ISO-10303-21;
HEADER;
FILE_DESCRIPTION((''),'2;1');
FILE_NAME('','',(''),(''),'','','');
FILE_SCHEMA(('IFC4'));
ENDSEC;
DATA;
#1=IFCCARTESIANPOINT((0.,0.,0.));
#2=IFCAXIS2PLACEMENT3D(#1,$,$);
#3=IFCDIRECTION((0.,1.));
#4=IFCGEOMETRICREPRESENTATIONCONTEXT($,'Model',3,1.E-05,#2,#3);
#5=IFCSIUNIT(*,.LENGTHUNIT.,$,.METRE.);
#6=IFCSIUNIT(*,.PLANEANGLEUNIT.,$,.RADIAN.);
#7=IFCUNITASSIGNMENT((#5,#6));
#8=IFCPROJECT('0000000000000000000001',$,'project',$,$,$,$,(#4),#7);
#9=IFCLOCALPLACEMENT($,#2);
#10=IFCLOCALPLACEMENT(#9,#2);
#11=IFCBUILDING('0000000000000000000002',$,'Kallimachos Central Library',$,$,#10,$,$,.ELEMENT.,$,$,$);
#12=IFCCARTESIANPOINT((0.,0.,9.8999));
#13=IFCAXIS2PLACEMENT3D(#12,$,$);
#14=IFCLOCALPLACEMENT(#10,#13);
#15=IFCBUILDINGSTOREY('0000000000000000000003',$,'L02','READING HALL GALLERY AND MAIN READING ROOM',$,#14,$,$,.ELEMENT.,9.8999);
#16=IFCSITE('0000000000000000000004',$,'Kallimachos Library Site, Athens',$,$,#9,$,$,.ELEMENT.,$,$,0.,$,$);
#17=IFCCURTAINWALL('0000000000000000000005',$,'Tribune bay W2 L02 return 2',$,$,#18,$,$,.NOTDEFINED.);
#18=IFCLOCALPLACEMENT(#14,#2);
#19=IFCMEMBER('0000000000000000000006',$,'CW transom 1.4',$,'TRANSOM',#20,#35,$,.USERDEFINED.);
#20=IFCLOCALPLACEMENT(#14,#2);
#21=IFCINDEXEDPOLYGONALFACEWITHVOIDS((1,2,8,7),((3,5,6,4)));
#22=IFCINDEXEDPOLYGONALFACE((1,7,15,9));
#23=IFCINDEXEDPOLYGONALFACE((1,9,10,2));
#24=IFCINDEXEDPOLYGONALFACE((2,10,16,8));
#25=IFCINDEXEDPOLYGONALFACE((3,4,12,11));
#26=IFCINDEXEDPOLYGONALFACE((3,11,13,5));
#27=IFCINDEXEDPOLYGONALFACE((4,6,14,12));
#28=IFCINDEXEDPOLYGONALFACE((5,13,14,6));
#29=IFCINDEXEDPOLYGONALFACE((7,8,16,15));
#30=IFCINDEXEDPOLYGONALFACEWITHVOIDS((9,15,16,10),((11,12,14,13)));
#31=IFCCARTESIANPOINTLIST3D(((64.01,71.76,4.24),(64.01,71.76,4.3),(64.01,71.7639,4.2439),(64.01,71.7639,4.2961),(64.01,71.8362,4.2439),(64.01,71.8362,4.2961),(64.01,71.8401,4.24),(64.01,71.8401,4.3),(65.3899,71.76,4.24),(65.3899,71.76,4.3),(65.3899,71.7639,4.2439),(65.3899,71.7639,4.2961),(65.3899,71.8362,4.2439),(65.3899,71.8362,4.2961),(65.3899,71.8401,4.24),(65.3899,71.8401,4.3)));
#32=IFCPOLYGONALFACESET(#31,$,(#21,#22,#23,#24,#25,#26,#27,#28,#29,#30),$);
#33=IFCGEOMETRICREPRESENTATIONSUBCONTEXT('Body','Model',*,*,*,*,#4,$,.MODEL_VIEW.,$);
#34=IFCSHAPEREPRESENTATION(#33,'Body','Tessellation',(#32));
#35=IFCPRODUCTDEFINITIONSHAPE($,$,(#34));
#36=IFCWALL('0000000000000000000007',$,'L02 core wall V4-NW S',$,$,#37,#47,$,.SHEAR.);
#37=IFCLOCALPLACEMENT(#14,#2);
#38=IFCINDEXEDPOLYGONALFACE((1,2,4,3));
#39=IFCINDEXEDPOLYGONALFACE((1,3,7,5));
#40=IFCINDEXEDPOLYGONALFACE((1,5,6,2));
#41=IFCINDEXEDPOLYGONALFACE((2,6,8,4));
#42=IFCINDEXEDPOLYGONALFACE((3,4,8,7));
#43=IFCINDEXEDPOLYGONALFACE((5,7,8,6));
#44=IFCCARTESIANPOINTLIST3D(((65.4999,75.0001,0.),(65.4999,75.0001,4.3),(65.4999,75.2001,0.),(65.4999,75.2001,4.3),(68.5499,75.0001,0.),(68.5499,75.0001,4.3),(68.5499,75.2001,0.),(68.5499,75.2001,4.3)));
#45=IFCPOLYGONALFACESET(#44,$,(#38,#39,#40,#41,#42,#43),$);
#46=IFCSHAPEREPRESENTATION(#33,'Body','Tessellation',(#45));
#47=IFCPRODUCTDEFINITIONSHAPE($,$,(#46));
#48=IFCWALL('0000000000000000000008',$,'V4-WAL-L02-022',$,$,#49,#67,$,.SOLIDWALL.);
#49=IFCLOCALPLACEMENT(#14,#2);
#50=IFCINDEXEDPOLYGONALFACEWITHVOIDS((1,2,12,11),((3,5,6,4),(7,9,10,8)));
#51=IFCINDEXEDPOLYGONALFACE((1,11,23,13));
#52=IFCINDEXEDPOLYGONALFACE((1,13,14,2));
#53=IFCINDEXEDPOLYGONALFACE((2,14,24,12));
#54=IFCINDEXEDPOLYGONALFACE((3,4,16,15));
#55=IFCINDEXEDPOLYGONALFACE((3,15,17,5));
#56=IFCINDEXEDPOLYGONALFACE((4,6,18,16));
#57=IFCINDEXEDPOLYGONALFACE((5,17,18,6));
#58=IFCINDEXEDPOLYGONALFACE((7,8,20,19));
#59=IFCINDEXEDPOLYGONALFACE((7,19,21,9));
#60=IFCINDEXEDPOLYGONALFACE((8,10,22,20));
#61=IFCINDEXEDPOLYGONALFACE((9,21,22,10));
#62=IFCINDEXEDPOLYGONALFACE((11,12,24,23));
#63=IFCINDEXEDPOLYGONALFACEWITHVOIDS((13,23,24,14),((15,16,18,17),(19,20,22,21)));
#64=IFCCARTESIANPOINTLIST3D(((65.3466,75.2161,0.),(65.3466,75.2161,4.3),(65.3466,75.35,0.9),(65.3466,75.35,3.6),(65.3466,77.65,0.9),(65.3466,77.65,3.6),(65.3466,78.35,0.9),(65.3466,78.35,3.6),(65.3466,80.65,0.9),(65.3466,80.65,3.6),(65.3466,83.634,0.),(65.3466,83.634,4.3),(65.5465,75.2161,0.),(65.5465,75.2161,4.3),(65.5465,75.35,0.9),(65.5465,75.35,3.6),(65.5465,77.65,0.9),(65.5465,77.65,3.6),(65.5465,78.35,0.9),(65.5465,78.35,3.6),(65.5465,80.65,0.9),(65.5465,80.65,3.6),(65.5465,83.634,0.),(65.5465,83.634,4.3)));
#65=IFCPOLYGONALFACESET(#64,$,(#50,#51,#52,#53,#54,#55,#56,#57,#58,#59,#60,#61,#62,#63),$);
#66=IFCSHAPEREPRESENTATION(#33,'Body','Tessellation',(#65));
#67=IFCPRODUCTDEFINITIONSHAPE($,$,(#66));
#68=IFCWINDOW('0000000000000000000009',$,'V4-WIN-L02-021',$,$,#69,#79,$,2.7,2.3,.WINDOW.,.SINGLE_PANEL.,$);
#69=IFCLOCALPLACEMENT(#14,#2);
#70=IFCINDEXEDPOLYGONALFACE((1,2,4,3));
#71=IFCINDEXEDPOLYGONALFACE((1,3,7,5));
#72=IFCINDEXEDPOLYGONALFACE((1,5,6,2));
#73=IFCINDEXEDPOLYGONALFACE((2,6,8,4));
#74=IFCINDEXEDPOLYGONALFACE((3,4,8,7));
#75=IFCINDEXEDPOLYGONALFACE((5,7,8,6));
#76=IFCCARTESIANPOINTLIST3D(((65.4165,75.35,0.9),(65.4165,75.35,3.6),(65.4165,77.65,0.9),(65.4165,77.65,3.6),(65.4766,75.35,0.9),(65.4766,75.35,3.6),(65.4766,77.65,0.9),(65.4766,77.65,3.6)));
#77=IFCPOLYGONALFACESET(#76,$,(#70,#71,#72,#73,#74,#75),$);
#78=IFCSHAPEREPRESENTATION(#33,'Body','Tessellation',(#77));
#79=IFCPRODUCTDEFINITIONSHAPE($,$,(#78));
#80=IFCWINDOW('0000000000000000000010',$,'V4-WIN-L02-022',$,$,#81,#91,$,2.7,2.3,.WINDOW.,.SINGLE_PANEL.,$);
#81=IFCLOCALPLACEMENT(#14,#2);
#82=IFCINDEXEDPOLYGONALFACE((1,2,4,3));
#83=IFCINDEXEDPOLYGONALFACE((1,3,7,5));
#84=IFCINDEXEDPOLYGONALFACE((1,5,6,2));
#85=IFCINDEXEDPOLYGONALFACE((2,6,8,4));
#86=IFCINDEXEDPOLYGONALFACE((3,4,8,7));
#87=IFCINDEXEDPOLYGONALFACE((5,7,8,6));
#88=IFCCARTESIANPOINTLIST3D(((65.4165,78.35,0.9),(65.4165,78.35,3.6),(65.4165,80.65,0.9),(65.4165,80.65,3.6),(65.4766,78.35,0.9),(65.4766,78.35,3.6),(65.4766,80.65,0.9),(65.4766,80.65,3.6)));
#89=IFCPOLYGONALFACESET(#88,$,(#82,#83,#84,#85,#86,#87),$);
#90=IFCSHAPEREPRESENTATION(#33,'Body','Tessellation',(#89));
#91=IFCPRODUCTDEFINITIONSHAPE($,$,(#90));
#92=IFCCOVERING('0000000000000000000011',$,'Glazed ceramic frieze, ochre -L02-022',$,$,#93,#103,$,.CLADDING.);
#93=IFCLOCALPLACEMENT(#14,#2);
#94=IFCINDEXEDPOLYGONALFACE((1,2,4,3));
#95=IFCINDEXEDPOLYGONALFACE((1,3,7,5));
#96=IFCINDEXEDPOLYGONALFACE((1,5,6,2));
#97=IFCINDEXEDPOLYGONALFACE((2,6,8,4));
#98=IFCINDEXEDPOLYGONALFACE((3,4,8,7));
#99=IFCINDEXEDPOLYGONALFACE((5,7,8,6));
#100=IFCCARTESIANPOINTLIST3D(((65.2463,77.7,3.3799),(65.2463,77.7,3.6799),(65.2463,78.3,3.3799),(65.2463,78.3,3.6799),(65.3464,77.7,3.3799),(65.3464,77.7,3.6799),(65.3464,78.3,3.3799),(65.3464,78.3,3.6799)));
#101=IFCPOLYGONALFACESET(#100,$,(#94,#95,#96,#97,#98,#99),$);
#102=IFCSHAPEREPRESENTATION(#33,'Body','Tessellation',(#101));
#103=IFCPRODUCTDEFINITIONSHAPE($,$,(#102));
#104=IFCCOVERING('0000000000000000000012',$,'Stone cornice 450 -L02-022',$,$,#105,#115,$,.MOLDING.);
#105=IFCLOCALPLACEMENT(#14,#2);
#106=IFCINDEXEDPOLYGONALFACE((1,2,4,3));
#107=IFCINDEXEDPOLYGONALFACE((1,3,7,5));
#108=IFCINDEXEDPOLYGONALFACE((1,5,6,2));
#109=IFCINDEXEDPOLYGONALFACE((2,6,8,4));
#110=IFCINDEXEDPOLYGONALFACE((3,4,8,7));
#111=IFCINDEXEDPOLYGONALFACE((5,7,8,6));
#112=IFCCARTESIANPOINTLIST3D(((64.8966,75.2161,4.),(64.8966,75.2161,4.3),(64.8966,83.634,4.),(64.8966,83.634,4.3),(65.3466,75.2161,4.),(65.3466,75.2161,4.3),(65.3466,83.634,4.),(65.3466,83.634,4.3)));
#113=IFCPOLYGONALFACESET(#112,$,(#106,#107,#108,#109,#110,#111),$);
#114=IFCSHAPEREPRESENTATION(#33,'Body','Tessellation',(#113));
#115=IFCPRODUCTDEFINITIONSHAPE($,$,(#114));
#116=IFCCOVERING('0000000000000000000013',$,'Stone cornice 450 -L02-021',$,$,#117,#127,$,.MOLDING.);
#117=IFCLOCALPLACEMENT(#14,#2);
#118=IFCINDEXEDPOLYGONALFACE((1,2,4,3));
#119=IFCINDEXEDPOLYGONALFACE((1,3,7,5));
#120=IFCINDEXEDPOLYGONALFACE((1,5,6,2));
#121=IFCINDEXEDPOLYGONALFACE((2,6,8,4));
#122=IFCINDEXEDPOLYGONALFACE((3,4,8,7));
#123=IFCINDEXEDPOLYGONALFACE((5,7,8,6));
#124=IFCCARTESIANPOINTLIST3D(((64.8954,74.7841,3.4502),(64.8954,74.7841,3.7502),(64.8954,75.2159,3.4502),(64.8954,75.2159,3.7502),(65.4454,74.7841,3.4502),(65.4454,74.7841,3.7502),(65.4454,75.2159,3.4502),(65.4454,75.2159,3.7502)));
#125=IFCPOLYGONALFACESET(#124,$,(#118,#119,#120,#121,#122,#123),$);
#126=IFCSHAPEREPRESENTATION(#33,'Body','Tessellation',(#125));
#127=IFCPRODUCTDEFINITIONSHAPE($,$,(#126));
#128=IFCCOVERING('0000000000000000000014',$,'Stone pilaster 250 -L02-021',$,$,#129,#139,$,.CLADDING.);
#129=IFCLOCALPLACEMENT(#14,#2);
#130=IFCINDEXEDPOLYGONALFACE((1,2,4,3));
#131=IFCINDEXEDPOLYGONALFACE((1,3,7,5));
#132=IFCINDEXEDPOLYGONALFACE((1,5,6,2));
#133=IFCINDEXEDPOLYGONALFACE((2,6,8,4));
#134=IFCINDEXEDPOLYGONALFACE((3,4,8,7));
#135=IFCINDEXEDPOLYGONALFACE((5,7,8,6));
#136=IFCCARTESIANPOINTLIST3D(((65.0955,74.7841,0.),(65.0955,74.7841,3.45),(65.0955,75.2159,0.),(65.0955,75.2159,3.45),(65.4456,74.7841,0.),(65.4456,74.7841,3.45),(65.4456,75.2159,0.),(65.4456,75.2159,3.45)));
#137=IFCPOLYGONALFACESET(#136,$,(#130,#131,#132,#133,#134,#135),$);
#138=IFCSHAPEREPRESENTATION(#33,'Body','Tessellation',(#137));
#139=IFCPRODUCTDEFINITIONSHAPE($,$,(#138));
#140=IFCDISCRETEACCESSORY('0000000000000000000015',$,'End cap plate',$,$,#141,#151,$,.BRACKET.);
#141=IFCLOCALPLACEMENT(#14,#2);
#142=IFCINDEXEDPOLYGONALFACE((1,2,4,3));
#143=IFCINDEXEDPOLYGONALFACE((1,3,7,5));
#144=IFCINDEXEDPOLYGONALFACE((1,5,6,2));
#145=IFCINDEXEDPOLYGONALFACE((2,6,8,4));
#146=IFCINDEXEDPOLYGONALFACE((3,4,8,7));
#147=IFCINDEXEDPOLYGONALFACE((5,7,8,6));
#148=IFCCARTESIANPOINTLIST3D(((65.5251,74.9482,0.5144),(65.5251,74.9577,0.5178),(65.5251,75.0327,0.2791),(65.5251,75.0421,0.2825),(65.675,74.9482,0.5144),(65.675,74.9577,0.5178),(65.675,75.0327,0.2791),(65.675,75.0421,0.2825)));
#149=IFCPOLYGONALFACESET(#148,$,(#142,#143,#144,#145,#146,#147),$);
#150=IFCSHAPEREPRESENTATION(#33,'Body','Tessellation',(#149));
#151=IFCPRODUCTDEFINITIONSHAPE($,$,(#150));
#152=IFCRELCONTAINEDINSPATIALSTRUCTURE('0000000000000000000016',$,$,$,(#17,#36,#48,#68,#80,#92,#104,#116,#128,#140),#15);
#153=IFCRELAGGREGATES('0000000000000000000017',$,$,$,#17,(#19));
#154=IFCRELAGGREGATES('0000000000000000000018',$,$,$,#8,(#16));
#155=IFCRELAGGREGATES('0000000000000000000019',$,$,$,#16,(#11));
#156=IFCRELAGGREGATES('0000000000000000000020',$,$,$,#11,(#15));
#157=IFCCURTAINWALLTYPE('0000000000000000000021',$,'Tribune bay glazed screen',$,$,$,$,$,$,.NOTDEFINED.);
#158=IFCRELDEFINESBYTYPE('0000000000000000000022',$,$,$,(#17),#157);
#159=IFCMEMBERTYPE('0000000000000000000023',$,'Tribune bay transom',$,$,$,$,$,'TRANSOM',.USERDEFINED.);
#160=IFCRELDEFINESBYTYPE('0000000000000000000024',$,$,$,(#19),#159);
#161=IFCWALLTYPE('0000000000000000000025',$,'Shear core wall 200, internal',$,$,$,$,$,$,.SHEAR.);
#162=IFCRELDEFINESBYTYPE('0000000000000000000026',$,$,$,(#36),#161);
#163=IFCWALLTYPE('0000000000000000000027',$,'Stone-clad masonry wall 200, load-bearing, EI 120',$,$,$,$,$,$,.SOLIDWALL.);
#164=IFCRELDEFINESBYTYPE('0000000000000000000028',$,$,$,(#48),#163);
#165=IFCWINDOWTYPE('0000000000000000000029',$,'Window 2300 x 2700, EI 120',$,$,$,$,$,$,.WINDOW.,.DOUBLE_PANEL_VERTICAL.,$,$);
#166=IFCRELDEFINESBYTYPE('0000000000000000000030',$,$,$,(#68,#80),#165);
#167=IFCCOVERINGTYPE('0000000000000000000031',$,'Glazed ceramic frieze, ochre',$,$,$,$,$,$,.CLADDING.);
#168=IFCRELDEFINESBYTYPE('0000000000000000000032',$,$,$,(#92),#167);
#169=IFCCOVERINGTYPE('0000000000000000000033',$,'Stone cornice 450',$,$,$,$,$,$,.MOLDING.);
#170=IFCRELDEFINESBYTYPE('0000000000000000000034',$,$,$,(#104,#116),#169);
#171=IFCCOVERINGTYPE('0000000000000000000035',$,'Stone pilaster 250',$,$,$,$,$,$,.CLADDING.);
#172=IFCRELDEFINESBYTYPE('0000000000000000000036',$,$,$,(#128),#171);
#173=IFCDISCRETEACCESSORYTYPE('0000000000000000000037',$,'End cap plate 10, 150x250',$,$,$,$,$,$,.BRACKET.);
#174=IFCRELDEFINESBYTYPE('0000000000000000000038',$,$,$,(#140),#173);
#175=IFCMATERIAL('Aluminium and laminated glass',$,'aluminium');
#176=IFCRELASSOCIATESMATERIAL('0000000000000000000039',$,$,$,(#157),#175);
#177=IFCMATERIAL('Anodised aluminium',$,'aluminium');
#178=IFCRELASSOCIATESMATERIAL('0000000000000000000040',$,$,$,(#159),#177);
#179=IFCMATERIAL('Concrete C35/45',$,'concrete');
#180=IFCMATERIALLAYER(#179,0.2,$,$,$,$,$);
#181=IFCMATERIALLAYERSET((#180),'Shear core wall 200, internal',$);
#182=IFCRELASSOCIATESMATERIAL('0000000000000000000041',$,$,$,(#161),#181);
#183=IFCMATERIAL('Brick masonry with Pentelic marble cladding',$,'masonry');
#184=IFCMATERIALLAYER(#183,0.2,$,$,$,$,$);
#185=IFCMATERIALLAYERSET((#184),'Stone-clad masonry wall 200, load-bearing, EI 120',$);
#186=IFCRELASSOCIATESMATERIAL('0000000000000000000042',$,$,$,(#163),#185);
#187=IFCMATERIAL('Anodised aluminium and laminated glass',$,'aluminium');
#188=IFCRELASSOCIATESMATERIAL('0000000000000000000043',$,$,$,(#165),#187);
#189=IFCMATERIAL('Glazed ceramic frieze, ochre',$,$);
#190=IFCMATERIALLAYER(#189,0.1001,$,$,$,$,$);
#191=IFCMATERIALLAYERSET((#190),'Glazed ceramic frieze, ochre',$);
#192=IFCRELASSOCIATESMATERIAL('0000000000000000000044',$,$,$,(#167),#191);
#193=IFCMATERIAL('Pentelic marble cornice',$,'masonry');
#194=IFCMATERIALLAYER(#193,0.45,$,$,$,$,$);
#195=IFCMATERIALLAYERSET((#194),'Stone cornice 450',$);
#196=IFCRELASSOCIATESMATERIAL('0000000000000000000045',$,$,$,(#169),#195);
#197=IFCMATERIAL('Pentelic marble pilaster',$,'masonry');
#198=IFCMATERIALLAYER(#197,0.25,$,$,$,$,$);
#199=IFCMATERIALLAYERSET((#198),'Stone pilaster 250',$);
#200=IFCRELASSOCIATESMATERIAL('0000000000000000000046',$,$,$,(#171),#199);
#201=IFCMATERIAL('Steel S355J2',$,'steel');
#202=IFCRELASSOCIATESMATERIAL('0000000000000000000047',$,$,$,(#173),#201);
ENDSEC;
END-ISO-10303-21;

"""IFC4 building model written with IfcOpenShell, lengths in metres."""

from ifc_helpers import new_model, si_unit, direction, frame, frame_2d, origin, origin_2d, place, context, subcontext, project, spatial, rectangle, hollow_rectangle, extrude, material, layer, layer_set, material_profile, profile_set, type_object, element, fill, aggregate, save


model = new_model("IFC4")

# Units and contexts
model_context = context("Model", 3, precision=1e-05, world=origin(), true_north=direction((0.0, 1.0)))
body_context = subcontext(model_context, "Body", "Model", "MODEL_VIEW")
ifc_project = project(units=[si_unit("LENGTHUNIT", "METRE"), si_unit("PLANEANGLEUNIT", "RADIAN")], contexts=[model_context])

# Site, building, storey
site_placement = place(None, origin())
site = spatial("IfcSite", under=ifc_project, at=site_placement, Name="Kallimachos Library Site, Athens", CompositionType="ELEMENT", RefElevation=0.0)
building_placement = place(site_placement, origin())
building = spatial("IfcBuilding", under=site, at=building_placement, Name="Kallimachos Central Library", CompositionType="ELEMENT")
storey_placement = place(building_placement, frame((0.0, 0.0, 9.8999)))
storey = spatial("IfcBuildingStorey", under=building, at=storey_placement, Name="L02", Description="READING HALL GALLERY AND MAIN READING ROOM", CompositionType="ELEMENT", Elevation=9.8999)

# Curtain wall, member
ifc_material_1 = material(Name="Aluminium and laminated glass", Category="aluminium")
curtain_wall_type = type_object("IfcCurtainWallType", Name="Tribune bay glazed screen", PredefinedType="NOTDEFINED", material=ifc_material_1)
curtain_wall_placement = place(storey_placement, origin())
curtain_wall = element("IfcCurtainWall", 1, at=curtain_wall_placement, inside=storey, type_object=curtain_wall_type, Name="Tribune bay W2 L02 return 2", PredefinedType="NOTDEFINED")
ifc_material_2 = material(Name="Anodised aluminium", Category="aluminium")
ifc_material_profile_1 = material_profile(ifc_material_2, hollow_rectangle(XDim=0.0601, YDim=0.0801, WallThickness=0.0039, at=origin_2d()), Name="ALU TRANSOM 60x80")
ifc_profile_set_1 = profile_set([ifc_material_profile_1], Name="Anodised aluminium")
member_type_1 = type_object("IfcMemberType", Name="Tribune bay transom", ElementType="TRANSOM", PredefinedType="USERDEFINED", material=ifc_profile_set_1)
member_1_placement = place(storey_placement, frame((65.3899, 71.8, 4.27), z_axis=(-1.0, 0.0, 0.0), x_axis=(0.0, 0.0, 1.0)))
member_1 = element("IfcMember", 2, at=member_1_placement, type_object=member_type_1, Name="CW transom 1.4", ObjectType="TRANSOM", PredefinedType="USERDEFINED", context=body_context, shape_type="SweptSolid", body=[
    extrude(hollow_rectangle(XDim=0.0601, YDim=0.0801, WallThickness=0.0039, at=origin_2d()), origin(), (0.0, 0.0, 1.0), 1.3799),
])
aggregate(curtain_wall, [member_1])

# Wall
ifc_material_3 = material(Name="Concrete C35/45", Category="concrete")
ifc_layer_1 = layer(ifc_material_3, 0.2)
ifc_layer_set_1 = layer_set([ifc_layer_1], Name="Shear core wall 200, internal")
wall_type_1 = type_object("IfcWallType", Name="Shear core wall 200, internal", PredefinedType="SHEAR", material=ifc_layer_set_1)
wall_1_placement = place(storey_placement, frame((65.5, 75.1001, 0.0), z_axis=(0.0, 0.0, 1.0), x_axis=(1.0, 0.0, 0.0)))
element("IfcWall", 3, at=wall_1_placement, inside=storey, type_object=wall_type_1, Name="L02 core wall V4-NW S", PredefinedType="SHEAR", context=body_context, shape_type="SweptSolid", body=[
    extrude(rectangle(XDim=3.05, YDim=0.2, at=frame_2d((1.5249, 0.0))), origin(), (0.0, 0.0, 1.0), 4.3),
])

# Wall, openings, windows
ifc_material_4 = material(Name="Brick masonry with Pentelic marble cladding", Category="masonry")
ifc_layer_2 = layer(ifc_material_4, 0.2)
ifc_layer_set_2 = layer_set([ifc_layer_2], Name="Stone-clad masonry wall 200, load-bearing, EI 120")
wall_type_2 = type_object("IfcWallType", Name="Stone-clad masonry wall 200, load-bearing, EI 120", PredefinedType="SOLIDWALL", material=ifc_layer_set_2)
wall_2_placement = place(storey_placement, frame((65.4465, 75.2161, 0.0), z_axis=(0.0, 0.0, 1.0), x_axis=(0.0, 1.0, 0.0)))
wall_2 = element("IfcWall", 4, at=wall_2_placement, inside=storey, type_object=wall_type_2, Name="V4-WAL-L02-022", PredefinedType="SOLIDWALL", context=body_context, shape_type="SweptSolid", body=[
    extrude(rectangle(XDim=8.418, YDim=0.2, at=frame_2d((4.209, 0.0))), origin(), (0.0, 0.0, 1.0), 4.3),
])
opening_1_placement = place(wall_2_placement, frame((0.134, 0.0, 0.8999)))
opening_1 = element("IfcOpeningElement", 5, at=opening_1_placement, cuts=wall_2, PredefinedType="OPENING", context=body_context, shape_type="SweptSolid", body=[
    extrude(rectangle(XDim=2.3, YDim=2.7, at=frame_2d((1.1499, 1.3501))), frame((0.0, 0.1099, 0.0), z_axis=(0.0, -1.0, 0.0), x_axis=(1.0, 0.0, 0.0)), (0.0, 0.0, 1.0), 0.22),
])
opening_2_placement = place(wall_2_placement, frame((3.134, 0.0, 0.8999)))
opening_2 = element("IfcOpeningElement", 6, at=opening_2_placement, cuts=wall_2, PredefinedType="OPENING", context=body_context, shape_type="SweptSolid", body=[
    extrude(rectangle(XDim=2.3, YDim=2.7, at=frame_2d((1.1499, 1.3501))), frame((0.0, 0.1099, 0.0), z_axis=(0.0, -1.0, 0.0), x_axis=(1.0, 0.0, 0.0)), (0.0, 0.0, 1.0), 0.22),
])
ifc_material_5 = material(Name="Anodised aluminium and laminated glass", Category="aluminium")
window_type = type_object("IfcWindowType", Name="Window 2300 x 2700, EI 120", PartitioningType="DOUBLE_PANEL_VERTICAL", PredefinedType="WINDOW", material=ifc_material_5)
window_1_placement = place(opening_1_placement, origin())
window_1 = element("IfcWindow", 7, at=window_1_placement, inside=storey, type_object=window_type, Name="V4-WIN-L02-021", OverallHeight=2.7, OverallWidth=2.3, PartitioningType="SINGLE_PANEL", PredefinedType="WINDOW", context=body_context, shape_type="SweptSolid", body=[
    extrude(rectangle(XDim=2.3, YDim=2.7, at=frame_2d((1.1499, 1.3501))), frame((0.0, 0.03, 0.0), z_axis=(0.0, -1.0, 0.0), x_axis=(1.0, 0.0, 0.0)), (0.0, 0.0, 1.0), 0.0601),
])
fill(opening_1, window_1)
window_2_placement = place(opening_2_placement, origin())
window_2 = element("IfcWindow", 8, at=window_2_placement, inside=storey, type_object=window_type, Name="V4-WIN-L02-022", OverallHeight=2.7, OverallWidth=2.3, PartitioningType="SINGLE_PANEL", PredefinedType="WINDOW", context=body_context, shape_type="SweptSolid", body=[
    extrude(rectangle(XDim=2.3, YDim=2.7, at=frame_2d((1.1499, 1.3501))), frame((0.0, 0.03, 0.0), z_axis=(0.0, -1.0, 0.0), x_axis=(1.0, 0.0, 0.0)), (0.0, 0.0, 1.0), 0.0601),
])
fill(opening_2, window_2)

# Coverings
ifc_material_6 = material(Name="Glazed ceramic frieze, ochre")
ifc_layer_3 = layer(ifc_material_6, 0.1001)
ifc_layer_set_3 = layer_set([ifc_layer_3], Name="Glazed ceramic frieze, ochre")
covering_type_1 = type_object("IfcCoveringType", Name="Glazed ceramic frieze, ochre", PredefinedType="CLADDING", material=ifc_layer_set_3)
covering_1_placement = place(storey_placement, frame((65.2964, 78.0, 3.3799), z_axis=(0.0, 0.0, 1.0), x_axis=(1.0, 0.0, 0.0)))
element("IfcCovering", 9, at=covering_1_placement, inside=storey, type_object=covering_type_1, Name="Glazed ceramic frieze, ochre -L02-022", PredefinedType="CLADDING", context=body_context, shape_type="SweptSolid", body=[
    extrude(rectangle(XDim=0.1001, YDim=0.6001, at=origin_2d()), origin(), (0.0, 0.0, 1.0), 0.3),
])
ifc_material_7 = material(Name="Pentelic marble cornice", Category="masonry")
ifc_layer_4 = layer(ifc_material_7, 0.45)
ifc_layer_set_4 = layer_set([ifc_layer_4], Name="Stone cornice 450")
covering_type_2 = type_object("IfcCoveringType", Name="Stone cornice 450", PredefinedType="MOLDING", material=ifc_layer_set_4)
covering_2_placement = place(storey_placement, frame((65.1216, 79.425, 4.0), z_axis=(0.0, 0.0, 1.0), x_axis=(1.0, 0.0, 0.0)))
element("IfcCovering", 10, at=covering_2_placement, inside=storey, type_object=covering_type_2, Name="Stone cornice 450 -L02-022", PredefinedType="MOLDING", context=body_context, shape_type="SweptSolid", body=[
    extrude(rectangle(XDim=0.45, YDim=8.418, at=origin_2d()), origin(), (0.0, 0.0, 1.0), 0.3),
])
covering_3_placement = place(storey_placement, frame((65.1704, 75.0, 3.4502), z_axis=(0.0, 0.0, 1.0), x_axis=(1.0, 0.0, 0.0)))
element("IfcCovering", 11, at=covering_3_placement, inside=storey, type_object=covering_type_2, Name="Stone cornice 450 -L02-021", PredefinedType="MOLDING", context=body_context, shape_type="SweptSolid", body=[
    extrude(rectangle(XDim=0.55, YDim=0.4319, at=origin_2d()), origin(), (0.0, 0.0, 1.0), 0.3),
])
ifc_material_8 = material(Name="Pentelic marble pilaster", Category="masonry")
ifc_layer_5 = layer(ifc_material_8, 0.25)
ifc_layer_set_5 = layer_set([ifc_layer_5], Name="Stone pilaster 250")
covering_type_3 = type_object("IfcCoveringType", Name="Stone pilaster 250", PredefinedType="CLADDING", material=ifc_layer_set_5)
covering_4_placement = place(storey_placement, frame((65.2705, 75.0, 0.0), z_axis=(0.0, 0.0, 1.0), x_axis=(1.0, 0.0, 0.0)))
element("IfcCovering", 12, at=covering_4_placement, inside=storey, type_object=covering_type_3, Name="Stone pilaster 250 -L02-021", PredefinedType="CLADDING", context=body_context, shape_type="SweptSolid", body=[
    extrude(rectangle(XDim=0.3501, YDim=0.4319, at=origin_2d()), origin(), (0.0, 0.0, 1.0), 3.45),
])

# Discrete accessory
ifc_material_9 = material(Name="Steel S355J2", Category="steel")
ifc_material_profile_2 = material_profile(ifc_material_9, rectangle(XDim=0.1499, YDim=0.25, at=origin_2d()), Name="End cap plate 10, 150x250")
ifc_profile_set_2 = profile_set([ifc_material_profile_2], Name="Steel S355J2")
discrete_accessory_type = type_object("IfcDiscreteAccessoryType", Name="End cap plate 10, 150x250", PredefinedType="BRACKET", material=ifc_profile_set_2)
discrete_accessory_placement = place(storey_placement, frame((65.6001, 74.9905, 0.3967), z_axis=(0.0, 0.941195, 0.337865), x_axis=(-1.0, 0.0, 0.0)))
element("IfcDiscreteAccessory", 13, at=discrete_accessory_placement, inside=storey, type_object=discrete_accessory_type, Name="End cap plate", PredefinedType="BRACKET", context=body_context, shape_type="SweptSolid", body=[
    extrude(rectangle(XDim=0.1499, YDim=0.25, at=origin_2d()), origin(), (0.0, 0.0, 1.0), 0.01),
])

save(model, "model.ifc")
